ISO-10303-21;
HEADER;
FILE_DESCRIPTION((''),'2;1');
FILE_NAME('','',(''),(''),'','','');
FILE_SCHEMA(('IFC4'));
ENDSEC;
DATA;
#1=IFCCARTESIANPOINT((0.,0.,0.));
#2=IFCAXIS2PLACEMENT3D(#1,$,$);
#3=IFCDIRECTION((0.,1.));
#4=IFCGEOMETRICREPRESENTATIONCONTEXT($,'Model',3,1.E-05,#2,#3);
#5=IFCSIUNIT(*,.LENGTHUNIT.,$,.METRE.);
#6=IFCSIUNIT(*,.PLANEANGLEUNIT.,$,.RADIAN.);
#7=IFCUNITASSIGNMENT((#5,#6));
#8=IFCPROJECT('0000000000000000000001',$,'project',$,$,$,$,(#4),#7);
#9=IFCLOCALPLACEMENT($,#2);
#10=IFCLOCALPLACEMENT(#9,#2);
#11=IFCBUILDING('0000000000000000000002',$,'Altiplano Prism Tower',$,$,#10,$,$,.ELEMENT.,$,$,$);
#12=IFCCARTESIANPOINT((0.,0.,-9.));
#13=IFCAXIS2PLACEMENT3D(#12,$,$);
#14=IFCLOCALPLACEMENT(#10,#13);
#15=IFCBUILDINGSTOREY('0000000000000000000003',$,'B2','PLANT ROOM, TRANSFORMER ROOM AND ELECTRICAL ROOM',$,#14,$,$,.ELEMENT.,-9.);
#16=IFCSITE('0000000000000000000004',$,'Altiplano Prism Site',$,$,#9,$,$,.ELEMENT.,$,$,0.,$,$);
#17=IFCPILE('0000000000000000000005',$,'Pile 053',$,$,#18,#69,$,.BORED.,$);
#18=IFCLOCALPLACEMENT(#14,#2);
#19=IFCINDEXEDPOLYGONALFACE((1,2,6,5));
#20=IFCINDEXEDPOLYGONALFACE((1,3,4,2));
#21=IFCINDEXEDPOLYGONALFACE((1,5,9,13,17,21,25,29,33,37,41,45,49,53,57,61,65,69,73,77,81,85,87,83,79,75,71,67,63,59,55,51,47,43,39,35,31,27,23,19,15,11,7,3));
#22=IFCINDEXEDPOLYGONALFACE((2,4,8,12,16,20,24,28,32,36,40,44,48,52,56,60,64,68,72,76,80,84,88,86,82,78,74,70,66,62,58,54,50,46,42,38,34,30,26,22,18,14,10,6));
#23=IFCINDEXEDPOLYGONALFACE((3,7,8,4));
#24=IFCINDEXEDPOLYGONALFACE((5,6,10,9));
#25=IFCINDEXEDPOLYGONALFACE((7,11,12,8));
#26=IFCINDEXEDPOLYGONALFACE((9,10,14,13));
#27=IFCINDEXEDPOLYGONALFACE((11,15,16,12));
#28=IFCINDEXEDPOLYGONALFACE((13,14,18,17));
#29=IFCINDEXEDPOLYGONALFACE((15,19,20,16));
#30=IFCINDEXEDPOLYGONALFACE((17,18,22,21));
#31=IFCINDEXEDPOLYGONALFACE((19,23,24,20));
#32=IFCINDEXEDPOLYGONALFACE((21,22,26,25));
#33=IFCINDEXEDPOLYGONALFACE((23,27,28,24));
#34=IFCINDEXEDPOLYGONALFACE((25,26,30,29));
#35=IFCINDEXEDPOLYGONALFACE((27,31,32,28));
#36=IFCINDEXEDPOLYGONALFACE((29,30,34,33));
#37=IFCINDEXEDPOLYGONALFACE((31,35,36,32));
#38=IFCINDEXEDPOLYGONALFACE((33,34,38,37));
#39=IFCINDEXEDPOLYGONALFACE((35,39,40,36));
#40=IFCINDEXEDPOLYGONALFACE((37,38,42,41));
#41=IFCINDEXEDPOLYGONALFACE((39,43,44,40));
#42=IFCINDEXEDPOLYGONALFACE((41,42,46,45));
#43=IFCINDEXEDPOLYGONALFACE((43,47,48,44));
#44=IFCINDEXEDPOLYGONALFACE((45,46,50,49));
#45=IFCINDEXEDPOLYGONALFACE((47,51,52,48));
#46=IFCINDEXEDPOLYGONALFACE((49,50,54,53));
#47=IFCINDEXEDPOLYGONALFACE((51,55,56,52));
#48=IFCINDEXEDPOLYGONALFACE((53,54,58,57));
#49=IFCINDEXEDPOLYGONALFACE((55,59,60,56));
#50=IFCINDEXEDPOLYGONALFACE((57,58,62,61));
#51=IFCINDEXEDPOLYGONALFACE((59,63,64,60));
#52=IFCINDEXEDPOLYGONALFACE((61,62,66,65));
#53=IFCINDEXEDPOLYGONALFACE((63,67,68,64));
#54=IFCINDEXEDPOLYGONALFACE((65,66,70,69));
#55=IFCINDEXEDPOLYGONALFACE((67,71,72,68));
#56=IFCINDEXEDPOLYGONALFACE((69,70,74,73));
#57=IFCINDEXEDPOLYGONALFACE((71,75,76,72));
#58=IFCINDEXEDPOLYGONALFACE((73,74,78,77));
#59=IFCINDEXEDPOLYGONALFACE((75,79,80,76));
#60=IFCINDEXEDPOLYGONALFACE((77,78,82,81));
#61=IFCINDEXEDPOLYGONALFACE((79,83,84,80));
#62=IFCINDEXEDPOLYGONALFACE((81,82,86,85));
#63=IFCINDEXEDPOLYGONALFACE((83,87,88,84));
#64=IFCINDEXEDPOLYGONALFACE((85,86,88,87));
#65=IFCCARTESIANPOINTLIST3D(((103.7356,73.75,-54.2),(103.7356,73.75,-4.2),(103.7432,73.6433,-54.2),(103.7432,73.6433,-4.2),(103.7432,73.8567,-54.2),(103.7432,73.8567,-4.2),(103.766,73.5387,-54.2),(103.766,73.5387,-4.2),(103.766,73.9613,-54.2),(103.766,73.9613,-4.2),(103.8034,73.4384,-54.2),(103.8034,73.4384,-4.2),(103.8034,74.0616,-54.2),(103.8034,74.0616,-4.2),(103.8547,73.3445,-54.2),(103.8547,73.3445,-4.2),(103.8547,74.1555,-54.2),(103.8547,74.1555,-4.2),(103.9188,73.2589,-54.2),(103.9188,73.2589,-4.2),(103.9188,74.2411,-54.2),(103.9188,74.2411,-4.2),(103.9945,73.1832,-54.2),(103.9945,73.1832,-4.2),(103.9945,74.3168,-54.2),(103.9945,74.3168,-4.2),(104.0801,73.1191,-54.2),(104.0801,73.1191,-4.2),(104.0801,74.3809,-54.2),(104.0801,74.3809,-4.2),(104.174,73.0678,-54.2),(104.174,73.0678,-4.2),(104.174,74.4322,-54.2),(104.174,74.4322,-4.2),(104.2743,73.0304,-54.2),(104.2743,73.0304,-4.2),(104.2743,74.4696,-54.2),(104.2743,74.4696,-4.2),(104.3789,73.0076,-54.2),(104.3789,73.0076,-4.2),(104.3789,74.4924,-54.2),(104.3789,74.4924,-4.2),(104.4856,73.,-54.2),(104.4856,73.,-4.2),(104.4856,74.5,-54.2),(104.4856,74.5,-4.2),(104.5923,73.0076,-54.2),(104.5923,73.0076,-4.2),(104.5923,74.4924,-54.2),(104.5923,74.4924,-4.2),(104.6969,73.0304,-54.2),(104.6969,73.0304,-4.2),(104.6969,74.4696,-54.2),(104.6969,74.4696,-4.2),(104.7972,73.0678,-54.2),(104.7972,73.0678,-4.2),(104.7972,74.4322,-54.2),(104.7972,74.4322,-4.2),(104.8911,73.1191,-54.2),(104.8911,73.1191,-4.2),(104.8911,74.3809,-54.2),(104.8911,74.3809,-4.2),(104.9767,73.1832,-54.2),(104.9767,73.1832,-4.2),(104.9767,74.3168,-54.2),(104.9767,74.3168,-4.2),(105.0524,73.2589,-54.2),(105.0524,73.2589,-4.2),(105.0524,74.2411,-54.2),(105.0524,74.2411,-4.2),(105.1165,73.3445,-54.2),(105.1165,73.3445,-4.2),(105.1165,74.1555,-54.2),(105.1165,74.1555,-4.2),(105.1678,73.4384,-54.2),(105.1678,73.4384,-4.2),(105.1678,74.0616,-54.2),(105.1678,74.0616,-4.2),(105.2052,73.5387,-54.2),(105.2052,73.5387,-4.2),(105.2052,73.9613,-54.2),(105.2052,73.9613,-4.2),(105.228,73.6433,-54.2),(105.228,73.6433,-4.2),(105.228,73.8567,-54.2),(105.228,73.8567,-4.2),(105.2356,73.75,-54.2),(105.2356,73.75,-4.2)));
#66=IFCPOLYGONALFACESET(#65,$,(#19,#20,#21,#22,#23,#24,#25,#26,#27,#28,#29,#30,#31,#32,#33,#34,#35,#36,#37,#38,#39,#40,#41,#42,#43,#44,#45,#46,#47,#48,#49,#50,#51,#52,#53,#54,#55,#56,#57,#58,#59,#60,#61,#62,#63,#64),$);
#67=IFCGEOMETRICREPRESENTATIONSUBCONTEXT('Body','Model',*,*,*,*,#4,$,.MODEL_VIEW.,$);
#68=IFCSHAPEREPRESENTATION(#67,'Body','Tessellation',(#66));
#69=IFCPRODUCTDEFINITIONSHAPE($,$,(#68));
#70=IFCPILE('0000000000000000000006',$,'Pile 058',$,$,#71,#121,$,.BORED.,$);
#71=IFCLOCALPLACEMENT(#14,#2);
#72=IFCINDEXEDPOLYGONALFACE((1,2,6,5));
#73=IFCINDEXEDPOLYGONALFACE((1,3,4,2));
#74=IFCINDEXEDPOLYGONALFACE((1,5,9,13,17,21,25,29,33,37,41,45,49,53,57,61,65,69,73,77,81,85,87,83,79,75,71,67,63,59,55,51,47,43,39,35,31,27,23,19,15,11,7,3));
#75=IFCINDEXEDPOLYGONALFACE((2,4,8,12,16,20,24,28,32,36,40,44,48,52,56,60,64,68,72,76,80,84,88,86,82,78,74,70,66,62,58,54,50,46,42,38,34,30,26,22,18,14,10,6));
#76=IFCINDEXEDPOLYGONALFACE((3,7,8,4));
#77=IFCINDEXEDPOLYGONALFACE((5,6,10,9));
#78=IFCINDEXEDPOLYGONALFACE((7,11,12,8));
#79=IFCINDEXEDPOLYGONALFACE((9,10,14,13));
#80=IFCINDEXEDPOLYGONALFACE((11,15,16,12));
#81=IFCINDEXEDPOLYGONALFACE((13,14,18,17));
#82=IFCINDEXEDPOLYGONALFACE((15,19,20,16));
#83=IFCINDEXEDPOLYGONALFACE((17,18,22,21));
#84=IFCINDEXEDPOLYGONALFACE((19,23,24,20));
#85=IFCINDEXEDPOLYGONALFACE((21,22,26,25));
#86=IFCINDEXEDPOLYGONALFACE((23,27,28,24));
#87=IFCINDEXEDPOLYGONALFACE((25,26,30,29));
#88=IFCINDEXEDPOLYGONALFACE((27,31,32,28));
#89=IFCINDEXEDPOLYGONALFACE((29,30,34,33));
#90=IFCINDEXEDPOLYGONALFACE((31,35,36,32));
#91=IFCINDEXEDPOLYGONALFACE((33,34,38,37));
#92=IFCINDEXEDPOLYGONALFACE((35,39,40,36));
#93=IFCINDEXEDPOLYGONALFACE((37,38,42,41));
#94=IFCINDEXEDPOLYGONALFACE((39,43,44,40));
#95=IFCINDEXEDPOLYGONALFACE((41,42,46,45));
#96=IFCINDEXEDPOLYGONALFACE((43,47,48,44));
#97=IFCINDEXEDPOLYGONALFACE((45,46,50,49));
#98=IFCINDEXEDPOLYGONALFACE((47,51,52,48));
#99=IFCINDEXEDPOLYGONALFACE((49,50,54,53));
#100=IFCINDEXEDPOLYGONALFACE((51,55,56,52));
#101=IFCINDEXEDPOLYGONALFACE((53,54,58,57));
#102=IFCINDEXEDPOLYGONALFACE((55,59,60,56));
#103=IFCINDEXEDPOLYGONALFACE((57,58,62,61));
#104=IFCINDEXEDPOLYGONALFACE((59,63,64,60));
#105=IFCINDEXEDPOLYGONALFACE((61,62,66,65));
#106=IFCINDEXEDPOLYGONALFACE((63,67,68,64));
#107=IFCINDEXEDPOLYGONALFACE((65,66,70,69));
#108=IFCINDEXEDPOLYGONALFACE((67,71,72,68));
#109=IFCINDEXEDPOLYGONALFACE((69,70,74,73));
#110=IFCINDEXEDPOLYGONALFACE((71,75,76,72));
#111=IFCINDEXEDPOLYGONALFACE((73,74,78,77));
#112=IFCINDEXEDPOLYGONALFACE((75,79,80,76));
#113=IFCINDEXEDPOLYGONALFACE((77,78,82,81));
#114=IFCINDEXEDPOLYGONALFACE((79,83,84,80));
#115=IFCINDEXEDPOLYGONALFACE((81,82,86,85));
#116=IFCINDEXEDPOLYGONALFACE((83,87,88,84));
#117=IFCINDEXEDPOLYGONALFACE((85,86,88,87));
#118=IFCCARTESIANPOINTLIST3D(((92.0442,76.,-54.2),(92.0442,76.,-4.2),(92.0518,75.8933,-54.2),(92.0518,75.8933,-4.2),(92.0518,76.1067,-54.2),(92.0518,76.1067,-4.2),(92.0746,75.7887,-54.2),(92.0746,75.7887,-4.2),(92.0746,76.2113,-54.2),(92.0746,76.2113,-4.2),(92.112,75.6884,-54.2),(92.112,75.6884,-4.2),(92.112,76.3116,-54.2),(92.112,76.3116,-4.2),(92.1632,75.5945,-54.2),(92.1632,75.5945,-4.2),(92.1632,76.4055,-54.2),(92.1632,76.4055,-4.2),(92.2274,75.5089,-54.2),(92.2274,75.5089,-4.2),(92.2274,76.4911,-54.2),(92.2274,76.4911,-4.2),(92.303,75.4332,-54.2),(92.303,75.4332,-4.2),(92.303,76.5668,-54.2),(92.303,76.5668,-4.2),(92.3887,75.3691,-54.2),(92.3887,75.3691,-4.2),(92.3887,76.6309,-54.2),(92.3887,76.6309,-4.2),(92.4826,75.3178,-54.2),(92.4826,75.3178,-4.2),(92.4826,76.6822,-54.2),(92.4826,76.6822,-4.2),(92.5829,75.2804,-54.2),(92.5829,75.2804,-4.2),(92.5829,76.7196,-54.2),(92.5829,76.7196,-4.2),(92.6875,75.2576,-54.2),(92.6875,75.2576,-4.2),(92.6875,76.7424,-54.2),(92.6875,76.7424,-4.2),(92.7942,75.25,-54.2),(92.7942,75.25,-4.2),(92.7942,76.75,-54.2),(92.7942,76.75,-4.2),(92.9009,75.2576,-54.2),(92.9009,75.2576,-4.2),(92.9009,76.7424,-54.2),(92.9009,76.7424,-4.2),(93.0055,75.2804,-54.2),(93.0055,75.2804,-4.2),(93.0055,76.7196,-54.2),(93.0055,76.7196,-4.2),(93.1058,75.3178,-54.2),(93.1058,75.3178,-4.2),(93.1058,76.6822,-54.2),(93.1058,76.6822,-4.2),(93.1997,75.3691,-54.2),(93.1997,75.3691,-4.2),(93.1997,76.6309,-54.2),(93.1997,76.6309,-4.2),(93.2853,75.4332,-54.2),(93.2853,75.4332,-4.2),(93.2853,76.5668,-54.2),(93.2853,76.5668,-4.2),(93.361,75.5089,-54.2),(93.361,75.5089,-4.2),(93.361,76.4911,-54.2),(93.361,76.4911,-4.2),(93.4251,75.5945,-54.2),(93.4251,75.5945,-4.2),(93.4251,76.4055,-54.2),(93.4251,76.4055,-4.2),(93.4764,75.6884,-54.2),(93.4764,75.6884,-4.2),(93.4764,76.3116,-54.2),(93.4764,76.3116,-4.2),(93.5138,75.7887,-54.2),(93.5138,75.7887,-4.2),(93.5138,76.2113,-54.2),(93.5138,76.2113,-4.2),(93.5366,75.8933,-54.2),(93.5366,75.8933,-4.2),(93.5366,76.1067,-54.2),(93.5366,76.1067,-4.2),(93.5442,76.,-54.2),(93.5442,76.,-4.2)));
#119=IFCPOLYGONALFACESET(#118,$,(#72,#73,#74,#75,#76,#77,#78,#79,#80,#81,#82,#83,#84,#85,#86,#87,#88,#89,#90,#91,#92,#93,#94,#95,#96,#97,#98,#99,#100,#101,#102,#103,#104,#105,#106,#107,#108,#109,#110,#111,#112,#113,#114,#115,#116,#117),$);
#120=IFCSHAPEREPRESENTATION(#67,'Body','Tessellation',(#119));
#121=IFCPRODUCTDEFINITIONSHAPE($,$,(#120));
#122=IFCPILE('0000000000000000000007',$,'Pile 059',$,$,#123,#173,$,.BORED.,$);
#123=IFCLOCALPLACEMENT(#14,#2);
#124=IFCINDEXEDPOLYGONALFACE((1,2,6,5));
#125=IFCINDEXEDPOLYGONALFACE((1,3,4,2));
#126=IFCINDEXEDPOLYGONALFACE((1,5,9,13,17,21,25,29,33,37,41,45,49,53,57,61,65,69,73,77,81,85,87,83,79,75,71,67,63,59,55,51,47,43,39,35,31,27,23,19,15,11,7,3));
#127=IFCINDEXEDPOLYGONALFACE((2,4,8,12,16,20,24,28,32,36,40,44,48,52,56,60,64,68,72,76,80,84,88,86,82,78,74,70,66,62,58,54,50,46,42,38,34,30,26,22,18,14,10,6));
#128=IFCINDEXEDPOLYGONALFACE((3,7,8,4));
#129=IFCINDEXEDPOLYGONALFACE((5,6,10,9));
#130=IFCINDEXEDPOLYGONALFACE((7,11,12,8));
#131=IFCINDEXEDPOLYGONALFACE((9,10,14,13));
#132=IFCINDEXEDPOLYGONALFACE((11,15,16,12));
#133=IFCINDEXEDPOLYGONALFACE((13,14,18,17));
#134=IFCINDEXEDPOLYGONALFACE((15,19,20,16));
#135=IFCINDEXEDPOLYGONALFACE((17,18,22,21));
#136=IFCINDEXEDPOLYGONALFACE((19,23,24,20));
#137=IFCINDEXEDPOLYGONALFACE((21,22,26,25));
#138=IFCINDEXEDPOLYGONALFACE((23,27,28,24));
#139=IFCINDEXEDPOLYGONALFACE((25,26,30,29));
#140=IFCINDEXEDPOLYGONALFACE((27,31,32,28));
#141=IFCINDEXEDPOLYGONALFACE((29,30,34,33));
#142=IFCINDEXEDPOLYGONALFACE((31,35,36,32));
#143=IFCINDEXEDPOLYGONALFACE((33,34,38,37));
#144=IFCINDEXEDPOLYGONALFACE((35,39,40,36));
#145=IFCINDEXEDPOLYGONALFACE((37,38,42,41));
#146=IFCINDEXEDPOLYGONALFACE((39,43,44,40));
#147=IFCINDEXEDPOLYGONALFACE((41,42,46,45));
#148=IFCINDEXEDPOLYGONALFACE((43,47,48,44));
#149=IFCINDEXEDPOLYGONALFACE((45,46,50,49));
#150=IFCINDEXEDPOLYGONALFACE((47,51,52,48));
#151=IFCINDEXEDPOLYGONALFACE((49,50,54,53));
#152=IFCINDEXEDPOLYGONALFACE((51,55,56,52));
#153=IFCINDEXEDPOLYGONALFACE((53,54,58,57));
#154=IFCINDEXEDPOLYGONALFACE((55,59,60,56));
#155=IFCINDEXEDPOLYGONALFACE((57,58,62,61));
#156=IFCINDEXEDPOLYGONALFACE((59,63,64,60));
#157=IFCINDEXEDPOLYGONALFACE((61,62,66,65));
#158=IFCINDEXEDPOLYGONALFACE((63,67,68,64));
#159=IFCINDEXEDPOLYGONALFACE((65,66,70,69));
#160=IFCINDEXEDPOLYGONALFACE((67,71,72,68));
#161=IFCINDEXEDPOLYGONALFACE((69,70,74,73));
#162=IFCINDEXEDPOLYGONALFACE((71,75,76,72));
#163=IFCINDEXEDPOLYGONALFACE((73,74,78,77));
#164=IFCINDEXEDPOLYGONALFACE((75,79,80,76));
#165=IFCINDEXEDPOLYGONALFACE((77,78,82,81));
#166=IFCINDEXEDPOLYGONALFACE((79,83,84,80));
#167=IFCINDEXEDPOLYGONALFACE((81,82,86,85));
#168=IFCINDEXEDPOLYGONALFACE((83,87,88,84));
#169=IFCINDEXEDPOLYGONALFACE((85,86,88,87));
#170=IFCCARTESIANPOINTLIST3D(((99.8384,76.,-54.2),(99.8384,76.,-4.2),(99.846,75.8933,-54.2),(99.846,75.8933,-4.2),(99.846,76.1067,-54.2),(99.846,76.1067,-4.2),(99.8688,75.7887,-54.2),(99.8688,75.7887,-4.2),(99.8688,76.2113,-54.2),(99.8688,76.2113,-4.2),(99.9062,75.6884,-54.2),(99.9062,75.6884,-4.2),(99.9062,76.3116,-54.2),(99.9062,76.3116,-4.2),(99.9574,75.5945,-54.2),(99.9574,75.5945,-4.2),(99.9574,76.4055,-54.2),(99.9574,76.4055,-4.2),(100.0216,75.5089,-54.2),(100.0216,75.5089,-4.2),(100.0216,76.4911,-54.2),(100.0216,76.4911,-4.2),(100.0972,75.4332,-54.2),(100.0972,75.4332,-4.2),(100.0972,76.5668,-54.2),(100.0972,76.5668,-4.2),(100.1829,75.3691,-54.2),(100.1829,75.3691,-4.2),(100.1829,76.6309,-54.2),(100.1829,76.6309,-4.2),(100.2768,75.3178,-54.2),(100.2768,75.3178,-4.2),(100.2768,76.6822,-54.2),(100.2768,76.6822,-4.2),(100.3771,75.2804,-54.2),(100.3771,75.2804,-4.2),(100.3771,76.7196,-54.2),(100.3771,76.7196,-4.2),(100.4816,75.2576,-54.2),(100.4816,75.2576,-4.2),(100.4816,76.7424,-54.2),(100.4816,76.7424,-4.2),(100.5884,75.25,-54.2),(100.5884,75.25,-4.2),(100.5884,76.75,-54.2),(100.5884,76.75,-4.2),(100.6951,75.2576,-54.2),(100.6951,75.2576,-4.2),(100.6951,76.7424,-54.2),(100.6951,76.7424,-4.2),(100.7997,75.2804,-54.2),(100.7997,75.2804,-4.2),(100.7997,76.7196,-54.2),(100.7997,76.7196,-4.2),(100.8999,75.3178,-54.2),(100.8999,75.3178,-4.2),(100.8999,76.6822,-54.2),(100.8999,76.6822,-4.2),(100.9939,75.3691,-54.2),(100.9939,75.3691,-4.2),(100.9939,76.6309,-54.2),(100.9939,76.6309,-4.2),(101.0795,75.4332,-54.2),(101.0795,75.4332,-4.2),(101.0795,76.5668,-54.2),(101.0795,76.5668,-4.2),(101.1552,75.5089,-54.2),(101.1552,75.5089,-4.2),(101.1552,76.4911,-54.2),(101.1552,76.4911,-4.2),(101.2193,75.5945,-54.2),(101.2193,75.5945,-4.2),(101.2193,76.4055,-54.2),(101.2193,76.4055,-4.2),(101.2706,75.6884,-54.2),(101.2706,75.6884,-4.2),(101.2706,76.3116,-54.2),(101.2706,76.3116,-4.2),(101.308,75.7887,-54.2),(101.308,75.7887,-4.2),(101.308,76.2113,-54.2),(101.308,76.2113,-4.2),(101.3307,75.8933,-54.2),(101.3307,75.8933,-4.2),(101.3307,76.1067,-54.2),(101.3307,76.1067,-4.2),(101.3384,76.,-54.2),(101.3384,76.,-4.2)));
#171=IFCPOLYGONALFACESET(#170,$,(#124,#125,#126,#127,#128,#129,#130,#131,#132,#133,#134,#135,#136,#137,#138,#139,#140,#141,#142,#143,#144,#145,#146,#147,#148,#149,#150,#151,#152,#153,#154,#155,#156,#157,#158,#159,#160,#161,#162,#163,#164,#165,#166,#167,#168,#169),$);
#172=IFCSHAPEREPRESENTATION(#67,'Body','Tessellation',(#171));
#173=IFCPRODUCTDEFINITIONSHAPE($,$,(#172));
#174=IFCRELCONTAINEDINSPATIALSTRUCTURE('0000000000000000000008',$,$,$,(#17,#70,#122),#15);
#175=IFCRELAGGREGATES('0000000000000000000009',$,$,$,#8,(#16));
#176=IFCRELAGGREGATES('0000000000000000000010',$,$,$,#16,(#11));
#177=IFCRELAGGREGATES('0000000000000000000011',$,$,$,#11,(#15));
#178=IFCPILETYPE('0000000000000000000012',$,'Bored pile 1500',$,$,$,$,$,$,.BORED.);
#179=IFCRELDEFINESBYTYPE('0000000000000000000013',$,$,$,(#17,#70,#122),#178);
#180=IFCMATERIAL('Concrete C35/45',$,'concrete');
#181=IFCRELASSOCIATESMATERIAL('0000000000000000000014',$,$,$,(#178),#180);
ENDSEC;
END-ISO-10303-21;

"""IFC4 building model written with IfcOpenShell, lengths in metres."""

from ifc_helpers import new_model, si_unit, direction, frame, origin, origin_2d, place, context, subcontext, project, spatial, circle, extrude, material, material_profile, profile_set, type_object, element, save


model = new_model("IFC4")

# Units and contexts
model_context = context("Model", 3, precision=1e-05, world=origin(), true_north=direction((0.0, 1.0)))
body_context = subcontext(model_context, "Body", "Model", "MODEL_VIEW")
ifc_project = project(units=[si_unit("LENGTHUNIT", "METRE"), si_unit("PLANEANGLEUNIT", "RADIAN")], contexts=[model_context])

# Site, building, storey
site_placement = place(None, origin())
site = spatial("IfcSite", under=ifc_project, at=site_placement, Name="Altiplano Prism Site", CompositionType="ELEMENT", RefElevation=0.0)
building_placement = place(site_placement, origin())
building = spatial("IfcBuilding", under=site, at=building_placement, Name="Altiplano Prism Tower", CompositionType="ELEMENT")
storey_placement = place(building_placement, frame((0.0, 0.0, -9.0)))
storey = spatial("IfcBuildingStorey", under=building, at=storey_placement, Name="B2", Description="PLANT ROOM, TRANSFORMER ROOM AND ELECTRICAL ROOM", CompositionType="ELEMENT", Elevation=-9.0)

# Piles
ifc_material_1 = material(Name="Concrete C35/45", Category="concrete")
ifc_material_profile_1 = material_profile(ifc_material_1, circle(Radius=0.75, at=origin_2d()), Name="Bored pile 1500")
ifc_profile_set_1 = profile_set([ifc_material_profile_1], Name="Concrete C35/45")
pile_type = type_object("IfcPileType", Name="Bored pile 1500", PredefinedType="BORED", material=ifc_profile_set_1)
for number, where, z_axis, x_axis, name in (
    (1, (104.4856, 73.75, -4.2), (0.0, 0.0, -1.0), (1.0, 0.0, 0.0), "Pile 053"),
    (2, (92.7942, 76.0, -4.2), (0.0, 0.0, -1.0), (1.0, 0.0, 0.0), "Pile 058"),
    (3, (100.5884, 76.0, -4.2), (0.0, 0.0, -1.0), (1.0, 0.0, 0.0), "Pile 059"),
):
    element("IfcPile", number, at=place(storey_placement, frame(where, z_axis=z_axis, x_axis=x_axis)), inside=storey, type_object=pile_type, Name=name, PredefinedType="BORED", context=body_context, shape_type="SweptSolid", body=[
        extrude(circle(Radius=0.75, at=origin_2d()), origin(), (0.0, 0.0, 1.0), 50.0),
    ])

save(model, "model.ifc")
